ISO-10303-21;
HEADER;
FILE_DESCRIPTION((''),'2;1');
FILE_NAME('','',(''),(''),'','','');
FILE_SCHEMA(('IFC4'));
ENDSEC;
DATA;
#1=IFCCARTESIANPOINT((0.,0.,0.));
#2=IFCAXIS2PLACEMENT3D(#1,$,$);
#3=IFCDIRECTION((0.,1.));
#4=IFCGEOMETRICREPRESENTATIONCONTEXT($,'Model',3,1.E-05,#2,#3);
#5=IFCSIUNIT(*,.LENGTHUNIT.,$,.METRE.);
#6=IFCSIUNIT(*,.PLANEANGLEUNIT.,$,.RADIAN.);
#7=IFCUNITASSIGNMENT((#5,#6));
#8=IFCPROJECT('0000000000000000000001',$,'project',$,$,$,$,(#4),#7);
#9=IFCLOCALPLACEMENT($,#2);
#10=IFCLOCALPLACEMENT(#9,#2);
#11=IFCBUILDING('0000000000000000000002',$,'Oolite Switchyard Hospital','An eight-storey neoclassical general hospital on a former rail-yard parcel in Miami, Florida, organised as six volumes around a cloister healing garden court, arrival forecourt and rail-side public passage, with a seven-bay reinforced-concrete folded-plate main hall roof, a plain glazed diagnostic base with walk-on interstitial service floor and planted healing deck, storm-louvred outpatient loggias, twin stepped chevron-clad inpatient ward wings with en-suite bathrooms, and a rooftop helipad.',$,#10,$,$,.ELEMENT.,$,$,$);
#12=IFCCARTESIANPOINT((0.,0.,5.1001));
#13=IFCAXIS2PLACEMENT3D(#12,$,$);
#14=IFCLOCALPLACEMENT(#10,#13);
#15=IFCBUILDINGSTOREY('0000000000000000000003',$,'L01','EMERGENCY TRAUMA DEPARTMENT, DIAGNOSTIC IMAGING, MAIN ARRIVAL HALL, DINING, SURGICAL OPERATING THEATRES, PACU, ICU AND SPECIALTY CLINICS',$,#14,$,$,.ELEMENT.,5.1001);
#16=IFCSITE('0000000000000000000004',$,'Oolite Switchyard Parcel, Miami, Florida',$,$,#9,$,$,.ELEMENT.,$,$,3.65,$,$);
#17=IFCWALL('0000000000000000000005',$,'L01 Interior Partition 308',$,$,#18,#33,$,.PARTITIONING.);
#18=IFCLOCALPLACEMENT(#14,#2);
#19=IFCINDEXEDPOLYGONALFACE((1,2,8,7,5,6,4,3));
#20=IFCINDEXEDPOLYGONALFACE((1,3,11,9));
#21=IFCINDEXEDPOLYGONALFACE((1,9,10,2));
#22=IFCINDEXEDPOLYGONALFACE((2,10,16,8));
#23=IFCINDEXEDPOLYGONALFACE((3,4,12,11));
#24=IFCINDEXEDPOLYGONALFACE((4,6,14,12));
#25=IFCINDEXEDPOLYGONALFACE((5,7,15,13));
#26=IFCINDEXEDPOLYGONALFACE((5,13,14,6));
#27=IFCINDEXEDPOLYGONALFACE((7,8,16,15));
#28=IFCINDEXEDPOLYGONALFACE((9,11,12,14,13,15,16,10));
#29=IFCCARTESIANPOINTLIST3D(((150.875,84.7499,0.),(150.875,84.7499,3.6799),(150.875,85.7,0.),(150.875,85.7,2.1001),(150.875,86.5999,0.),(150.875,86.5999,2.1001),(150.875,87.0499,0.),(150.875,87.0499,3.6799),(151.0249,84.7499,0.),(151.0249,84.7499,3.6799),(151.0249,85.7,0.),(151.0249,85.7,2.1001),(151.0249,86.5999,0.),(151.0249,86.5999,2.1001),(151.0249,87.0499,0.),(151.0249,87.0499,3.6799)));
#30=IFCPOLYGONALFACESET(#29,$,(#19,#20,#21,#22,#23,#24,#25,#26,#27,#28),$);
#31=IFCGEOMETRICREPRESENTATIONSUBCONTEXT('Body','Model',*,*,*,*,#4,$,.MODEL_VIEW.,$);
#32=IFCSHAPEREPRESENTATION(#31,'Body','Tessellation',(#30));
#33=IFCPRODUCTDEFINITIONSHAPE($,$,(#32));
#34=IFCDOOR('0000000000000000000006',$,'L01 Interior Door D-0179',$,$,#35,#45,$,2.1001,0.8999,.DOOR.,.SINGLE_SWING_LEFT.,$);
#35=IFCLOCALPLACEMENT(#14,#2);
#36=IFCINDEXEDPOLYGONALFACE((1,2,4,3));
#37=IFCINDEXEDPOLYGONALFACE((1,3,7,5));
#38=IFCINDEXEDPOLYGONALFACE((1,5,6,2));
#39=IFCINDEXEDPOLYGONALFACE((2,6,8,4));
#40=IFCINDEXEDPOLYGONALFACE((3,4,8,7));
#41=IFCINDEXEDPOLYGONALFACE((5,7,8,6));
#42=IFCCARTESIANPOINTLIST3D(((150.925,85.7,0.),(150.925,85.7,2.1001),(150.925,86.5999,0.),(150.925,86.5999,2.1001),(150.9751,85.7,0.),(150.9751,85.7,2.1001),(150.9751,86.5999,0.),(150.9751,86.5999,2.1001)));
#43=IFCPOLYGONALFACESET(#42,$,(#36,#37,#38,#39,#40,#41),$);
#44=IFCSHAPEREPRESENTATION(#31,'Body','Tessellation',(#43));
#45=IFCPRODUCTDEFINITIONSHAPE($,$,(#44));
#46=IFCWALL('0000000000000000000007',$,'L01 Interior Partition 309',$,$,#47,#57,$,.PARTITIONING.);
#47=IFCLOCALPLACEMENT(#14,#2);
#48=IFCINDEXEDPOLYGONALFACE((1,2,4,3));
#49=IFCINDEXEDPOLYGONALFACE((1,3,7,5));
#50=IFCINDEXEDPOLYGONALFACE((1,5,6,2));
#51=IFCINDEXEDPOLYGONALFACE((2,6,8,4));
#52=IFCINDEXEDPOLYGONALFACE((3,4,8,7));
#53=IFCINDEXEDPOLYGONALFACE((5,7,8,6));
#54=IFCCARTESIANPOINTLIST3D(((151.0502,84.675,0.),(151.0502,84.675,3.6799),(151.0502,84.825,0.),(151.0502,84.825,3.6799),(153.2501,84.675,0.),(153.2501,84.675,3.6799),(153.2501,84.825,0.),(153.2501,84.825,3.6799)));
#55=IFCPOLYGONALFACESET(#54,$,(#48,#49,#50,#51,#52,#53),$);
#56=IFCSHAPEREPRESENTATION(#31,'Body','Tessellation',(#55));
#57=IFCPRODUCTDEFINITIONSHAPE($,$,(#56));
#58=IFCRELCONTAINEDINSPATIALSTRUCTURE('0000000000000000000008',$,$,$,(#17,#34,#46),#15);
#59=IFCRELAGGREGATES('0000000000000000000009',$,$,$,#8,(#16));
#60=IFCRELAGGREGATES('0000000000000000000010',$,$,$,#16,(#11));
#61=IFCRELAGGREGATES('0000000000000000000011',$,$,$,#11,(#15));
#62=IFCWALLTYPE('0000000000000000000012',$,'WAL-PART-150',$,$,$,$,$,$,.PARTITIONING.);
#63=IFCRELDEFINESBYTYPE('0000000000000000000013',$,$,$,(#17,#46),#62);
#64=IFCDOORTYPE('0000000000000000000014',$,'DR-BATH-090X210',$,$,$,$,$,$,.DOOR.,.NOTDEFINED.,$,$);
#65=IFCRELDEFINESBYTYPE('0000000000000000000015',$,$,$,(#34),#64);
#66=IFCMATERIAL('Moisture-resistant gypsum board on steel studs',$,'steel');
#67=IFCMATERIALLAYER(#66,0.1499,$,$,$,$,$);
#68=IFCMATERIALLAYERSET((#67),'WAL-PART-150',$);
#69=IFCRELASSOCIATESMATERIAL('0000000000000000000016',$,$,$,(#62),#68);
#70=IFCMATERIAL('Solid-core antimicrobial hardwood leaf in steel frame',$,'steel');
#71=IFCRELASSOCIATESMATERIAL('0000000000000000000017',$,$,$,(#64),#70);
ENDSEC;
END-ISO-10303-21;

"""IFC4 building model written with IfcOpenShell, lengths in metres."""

from ifc_helpers import new_model, si_unit, direction, frame, frame_2d, origin, place, context, subcontext, project, spatial, rectangle, extrude, material, layer, layer_set, type_object, element, fill, save


model = new_model("IFC4")

# Units and contexts
model_context = context("Model", 3, precision=1e-05, world=origin(), true_north=direction((0.0, 1.0)))
body_context = subcontext(model_context, "Body", "Model", "MODEL_VIEW")
ifc_project = project(units=[si_unit("LENGTHUNIT", "METRE"), si_unit("PLANEANGLEUNIT", "RADIAN")], contexts=[model_context])

# Site, building, storey
site_placement = place(None, origin())
site = spatial("IfcSite", under=ifc_project, at=site_placement, Name="Oolite Switchyard Parcel, Miami, Florida", CompositionType="ELEMENT", RefElevation=3.65)
building_placement = place(site_placement, origin())
building = spatial("IfcBuilding", under=site, at=building_placement, Name="Oolite Switchyard Hospital", Description="An eight-storey neoclassical general hospital on a former rail-yard parcel in Miami, Florida, organised as six volumes around a cloister healing garden court, arrival forecourt and rail-side public passage, with a seven-bay reinforced-concrete folded-plate main hall roof, a plain glazed diagnostic base with walk-on interstitial service floor and planted healing deck, storm-louvred outpatient loggias, twin stepped chevron-clad inpatient ward wings with en-suite bathrooms, and a rooftop helipad.", CompositionType="ELEMENT")
storey_placement = place(building_placement, frame((0.0, 0.0, 5.1001)))
storey = spatial("IfcBuildingStorey", under=building, at=storey_placement, Name="L01", Description="EMERGENCY TRAUMA DEPARTMENT, DIAGNOSTIC IMAGING, MAIN ARRIVAL HALL, DINING, SURGICAL OPERATING THEATRES, PACU, ICU AND SPECIALTY CLINICS", CompositionType="ELEMENT", Elevation=5.1001)

# Shared definitions
ifc_material_1 = material(Name="Moisture-resistant gypsum board on steel studs", Category="steel")

# Shared definitions
ifc_layer_1 = layer(ifc_material_1, 0.1499)
ifc_layer_set_1 = layer_set([ifc_layer_1], Name="WAL-PART-150")
wall_type_1 = type_object("IfcWallType", Name="WAL-PART-150", PredefinedType="PARTITIONING", material=ifc_layer_set_1)
ifc_material_2 = material(Name="Solid-core antimicrobial hardwood leaf in steel frame", Category="steel")
door_type = type_object("IfcDoorType", Name="DR-BATH-090X210", OperationType="NOTDEFINED", PredefinedType="DOOR", material=ifc_material_2)

# Wall, opening, door
wall_1_placement = place(storey_placement, frame((150.95, 84.75, 0.0), z_axis=(0.0, 0.0, 1.0), x_axis=(0.0, 1.0, 0.0)))
wall_1 = element("IfcWall", 1, at=wall_1_placement, inside=storey, type_object=wall_type_1, Name="L01 Interior Partition 308", PredefinedType="PARTITIONING", context=body_context, shape_type="SweptSolid", body=[
    extrude(rectangle(XDim=2.3, YDim=0.1499, at=frame_2d((1.1499, 0.0))), origin(), (0.0, 0.0, 1.0), 3.6799),
])
opening_1_placement = place(wall_1_placement, frame((0.95, 0.0, 0.0)))
opening_1 = element("IfcOpeningElement", 2, at=opening_1_placement, cuts=wall_1, PredefinedType="OPENING", context=body_context, shape_type="SweptSolid", body=[
    extrude(rectangle(XDim=0.8999, YDim=2.1001, at=frame_2d((0.45, 1.05))), frame((0.0, 0.085, 0.0), z_axis=(0.0, -1.0, 0.0), x_axis=(1.0, 0.0, 0.0)), (0.0, 0.0, 1.0), 0.1699),
])
door_1_placement = place(opening_1_placement, origin())
door_1 = element("IfcDoor", 3, at=door_1_placement, inside=storey, type_object=door_type, Name="L01 Interior Door D-0179", OperationType="SINGLE_SWING_LEFT", OverallHeight=2.1001, OverallWidth=0.8999, PredefinedType="DOOR", context=body_context, shape_type="SweptSolid", body=[
    extrude(rectangle(XDim=0.8999, YDim=2.1001, at=frame_2d((0.45, 1.05))), frame((0.0, 0.0249, 0.0), z_axis=(0.0, -1.0, 0.0), x_axis=(1.0, 0.0, 0.0)), (0.0, 0.0, 1.0), 0.05),
])
fill(opening_1, door_1)

# Wall
wall_2_placement = place(storey_placement, frame((151.05, 84.75, 0.0), z_axis=(0.0, 0.0, 1.0), x_axis=(1.0, 0.0, 0.0)))
element("IfcWall", 4, at=wall_2_placement, inside=storey, type_object=wall_type_1, Name="L01 Interior Partition 309", PredefinedType="PARTITIONING", context=body_context, shape_type="SweptSolid", body=[
    extrude(rectangle(XDim=2.2, YDim=0.1499, at=frame_2d((1.1001, 0.0))), origin(), (0.0, 0.0, 1.0), 3.6799),
])

save(model, "model.ifc")
